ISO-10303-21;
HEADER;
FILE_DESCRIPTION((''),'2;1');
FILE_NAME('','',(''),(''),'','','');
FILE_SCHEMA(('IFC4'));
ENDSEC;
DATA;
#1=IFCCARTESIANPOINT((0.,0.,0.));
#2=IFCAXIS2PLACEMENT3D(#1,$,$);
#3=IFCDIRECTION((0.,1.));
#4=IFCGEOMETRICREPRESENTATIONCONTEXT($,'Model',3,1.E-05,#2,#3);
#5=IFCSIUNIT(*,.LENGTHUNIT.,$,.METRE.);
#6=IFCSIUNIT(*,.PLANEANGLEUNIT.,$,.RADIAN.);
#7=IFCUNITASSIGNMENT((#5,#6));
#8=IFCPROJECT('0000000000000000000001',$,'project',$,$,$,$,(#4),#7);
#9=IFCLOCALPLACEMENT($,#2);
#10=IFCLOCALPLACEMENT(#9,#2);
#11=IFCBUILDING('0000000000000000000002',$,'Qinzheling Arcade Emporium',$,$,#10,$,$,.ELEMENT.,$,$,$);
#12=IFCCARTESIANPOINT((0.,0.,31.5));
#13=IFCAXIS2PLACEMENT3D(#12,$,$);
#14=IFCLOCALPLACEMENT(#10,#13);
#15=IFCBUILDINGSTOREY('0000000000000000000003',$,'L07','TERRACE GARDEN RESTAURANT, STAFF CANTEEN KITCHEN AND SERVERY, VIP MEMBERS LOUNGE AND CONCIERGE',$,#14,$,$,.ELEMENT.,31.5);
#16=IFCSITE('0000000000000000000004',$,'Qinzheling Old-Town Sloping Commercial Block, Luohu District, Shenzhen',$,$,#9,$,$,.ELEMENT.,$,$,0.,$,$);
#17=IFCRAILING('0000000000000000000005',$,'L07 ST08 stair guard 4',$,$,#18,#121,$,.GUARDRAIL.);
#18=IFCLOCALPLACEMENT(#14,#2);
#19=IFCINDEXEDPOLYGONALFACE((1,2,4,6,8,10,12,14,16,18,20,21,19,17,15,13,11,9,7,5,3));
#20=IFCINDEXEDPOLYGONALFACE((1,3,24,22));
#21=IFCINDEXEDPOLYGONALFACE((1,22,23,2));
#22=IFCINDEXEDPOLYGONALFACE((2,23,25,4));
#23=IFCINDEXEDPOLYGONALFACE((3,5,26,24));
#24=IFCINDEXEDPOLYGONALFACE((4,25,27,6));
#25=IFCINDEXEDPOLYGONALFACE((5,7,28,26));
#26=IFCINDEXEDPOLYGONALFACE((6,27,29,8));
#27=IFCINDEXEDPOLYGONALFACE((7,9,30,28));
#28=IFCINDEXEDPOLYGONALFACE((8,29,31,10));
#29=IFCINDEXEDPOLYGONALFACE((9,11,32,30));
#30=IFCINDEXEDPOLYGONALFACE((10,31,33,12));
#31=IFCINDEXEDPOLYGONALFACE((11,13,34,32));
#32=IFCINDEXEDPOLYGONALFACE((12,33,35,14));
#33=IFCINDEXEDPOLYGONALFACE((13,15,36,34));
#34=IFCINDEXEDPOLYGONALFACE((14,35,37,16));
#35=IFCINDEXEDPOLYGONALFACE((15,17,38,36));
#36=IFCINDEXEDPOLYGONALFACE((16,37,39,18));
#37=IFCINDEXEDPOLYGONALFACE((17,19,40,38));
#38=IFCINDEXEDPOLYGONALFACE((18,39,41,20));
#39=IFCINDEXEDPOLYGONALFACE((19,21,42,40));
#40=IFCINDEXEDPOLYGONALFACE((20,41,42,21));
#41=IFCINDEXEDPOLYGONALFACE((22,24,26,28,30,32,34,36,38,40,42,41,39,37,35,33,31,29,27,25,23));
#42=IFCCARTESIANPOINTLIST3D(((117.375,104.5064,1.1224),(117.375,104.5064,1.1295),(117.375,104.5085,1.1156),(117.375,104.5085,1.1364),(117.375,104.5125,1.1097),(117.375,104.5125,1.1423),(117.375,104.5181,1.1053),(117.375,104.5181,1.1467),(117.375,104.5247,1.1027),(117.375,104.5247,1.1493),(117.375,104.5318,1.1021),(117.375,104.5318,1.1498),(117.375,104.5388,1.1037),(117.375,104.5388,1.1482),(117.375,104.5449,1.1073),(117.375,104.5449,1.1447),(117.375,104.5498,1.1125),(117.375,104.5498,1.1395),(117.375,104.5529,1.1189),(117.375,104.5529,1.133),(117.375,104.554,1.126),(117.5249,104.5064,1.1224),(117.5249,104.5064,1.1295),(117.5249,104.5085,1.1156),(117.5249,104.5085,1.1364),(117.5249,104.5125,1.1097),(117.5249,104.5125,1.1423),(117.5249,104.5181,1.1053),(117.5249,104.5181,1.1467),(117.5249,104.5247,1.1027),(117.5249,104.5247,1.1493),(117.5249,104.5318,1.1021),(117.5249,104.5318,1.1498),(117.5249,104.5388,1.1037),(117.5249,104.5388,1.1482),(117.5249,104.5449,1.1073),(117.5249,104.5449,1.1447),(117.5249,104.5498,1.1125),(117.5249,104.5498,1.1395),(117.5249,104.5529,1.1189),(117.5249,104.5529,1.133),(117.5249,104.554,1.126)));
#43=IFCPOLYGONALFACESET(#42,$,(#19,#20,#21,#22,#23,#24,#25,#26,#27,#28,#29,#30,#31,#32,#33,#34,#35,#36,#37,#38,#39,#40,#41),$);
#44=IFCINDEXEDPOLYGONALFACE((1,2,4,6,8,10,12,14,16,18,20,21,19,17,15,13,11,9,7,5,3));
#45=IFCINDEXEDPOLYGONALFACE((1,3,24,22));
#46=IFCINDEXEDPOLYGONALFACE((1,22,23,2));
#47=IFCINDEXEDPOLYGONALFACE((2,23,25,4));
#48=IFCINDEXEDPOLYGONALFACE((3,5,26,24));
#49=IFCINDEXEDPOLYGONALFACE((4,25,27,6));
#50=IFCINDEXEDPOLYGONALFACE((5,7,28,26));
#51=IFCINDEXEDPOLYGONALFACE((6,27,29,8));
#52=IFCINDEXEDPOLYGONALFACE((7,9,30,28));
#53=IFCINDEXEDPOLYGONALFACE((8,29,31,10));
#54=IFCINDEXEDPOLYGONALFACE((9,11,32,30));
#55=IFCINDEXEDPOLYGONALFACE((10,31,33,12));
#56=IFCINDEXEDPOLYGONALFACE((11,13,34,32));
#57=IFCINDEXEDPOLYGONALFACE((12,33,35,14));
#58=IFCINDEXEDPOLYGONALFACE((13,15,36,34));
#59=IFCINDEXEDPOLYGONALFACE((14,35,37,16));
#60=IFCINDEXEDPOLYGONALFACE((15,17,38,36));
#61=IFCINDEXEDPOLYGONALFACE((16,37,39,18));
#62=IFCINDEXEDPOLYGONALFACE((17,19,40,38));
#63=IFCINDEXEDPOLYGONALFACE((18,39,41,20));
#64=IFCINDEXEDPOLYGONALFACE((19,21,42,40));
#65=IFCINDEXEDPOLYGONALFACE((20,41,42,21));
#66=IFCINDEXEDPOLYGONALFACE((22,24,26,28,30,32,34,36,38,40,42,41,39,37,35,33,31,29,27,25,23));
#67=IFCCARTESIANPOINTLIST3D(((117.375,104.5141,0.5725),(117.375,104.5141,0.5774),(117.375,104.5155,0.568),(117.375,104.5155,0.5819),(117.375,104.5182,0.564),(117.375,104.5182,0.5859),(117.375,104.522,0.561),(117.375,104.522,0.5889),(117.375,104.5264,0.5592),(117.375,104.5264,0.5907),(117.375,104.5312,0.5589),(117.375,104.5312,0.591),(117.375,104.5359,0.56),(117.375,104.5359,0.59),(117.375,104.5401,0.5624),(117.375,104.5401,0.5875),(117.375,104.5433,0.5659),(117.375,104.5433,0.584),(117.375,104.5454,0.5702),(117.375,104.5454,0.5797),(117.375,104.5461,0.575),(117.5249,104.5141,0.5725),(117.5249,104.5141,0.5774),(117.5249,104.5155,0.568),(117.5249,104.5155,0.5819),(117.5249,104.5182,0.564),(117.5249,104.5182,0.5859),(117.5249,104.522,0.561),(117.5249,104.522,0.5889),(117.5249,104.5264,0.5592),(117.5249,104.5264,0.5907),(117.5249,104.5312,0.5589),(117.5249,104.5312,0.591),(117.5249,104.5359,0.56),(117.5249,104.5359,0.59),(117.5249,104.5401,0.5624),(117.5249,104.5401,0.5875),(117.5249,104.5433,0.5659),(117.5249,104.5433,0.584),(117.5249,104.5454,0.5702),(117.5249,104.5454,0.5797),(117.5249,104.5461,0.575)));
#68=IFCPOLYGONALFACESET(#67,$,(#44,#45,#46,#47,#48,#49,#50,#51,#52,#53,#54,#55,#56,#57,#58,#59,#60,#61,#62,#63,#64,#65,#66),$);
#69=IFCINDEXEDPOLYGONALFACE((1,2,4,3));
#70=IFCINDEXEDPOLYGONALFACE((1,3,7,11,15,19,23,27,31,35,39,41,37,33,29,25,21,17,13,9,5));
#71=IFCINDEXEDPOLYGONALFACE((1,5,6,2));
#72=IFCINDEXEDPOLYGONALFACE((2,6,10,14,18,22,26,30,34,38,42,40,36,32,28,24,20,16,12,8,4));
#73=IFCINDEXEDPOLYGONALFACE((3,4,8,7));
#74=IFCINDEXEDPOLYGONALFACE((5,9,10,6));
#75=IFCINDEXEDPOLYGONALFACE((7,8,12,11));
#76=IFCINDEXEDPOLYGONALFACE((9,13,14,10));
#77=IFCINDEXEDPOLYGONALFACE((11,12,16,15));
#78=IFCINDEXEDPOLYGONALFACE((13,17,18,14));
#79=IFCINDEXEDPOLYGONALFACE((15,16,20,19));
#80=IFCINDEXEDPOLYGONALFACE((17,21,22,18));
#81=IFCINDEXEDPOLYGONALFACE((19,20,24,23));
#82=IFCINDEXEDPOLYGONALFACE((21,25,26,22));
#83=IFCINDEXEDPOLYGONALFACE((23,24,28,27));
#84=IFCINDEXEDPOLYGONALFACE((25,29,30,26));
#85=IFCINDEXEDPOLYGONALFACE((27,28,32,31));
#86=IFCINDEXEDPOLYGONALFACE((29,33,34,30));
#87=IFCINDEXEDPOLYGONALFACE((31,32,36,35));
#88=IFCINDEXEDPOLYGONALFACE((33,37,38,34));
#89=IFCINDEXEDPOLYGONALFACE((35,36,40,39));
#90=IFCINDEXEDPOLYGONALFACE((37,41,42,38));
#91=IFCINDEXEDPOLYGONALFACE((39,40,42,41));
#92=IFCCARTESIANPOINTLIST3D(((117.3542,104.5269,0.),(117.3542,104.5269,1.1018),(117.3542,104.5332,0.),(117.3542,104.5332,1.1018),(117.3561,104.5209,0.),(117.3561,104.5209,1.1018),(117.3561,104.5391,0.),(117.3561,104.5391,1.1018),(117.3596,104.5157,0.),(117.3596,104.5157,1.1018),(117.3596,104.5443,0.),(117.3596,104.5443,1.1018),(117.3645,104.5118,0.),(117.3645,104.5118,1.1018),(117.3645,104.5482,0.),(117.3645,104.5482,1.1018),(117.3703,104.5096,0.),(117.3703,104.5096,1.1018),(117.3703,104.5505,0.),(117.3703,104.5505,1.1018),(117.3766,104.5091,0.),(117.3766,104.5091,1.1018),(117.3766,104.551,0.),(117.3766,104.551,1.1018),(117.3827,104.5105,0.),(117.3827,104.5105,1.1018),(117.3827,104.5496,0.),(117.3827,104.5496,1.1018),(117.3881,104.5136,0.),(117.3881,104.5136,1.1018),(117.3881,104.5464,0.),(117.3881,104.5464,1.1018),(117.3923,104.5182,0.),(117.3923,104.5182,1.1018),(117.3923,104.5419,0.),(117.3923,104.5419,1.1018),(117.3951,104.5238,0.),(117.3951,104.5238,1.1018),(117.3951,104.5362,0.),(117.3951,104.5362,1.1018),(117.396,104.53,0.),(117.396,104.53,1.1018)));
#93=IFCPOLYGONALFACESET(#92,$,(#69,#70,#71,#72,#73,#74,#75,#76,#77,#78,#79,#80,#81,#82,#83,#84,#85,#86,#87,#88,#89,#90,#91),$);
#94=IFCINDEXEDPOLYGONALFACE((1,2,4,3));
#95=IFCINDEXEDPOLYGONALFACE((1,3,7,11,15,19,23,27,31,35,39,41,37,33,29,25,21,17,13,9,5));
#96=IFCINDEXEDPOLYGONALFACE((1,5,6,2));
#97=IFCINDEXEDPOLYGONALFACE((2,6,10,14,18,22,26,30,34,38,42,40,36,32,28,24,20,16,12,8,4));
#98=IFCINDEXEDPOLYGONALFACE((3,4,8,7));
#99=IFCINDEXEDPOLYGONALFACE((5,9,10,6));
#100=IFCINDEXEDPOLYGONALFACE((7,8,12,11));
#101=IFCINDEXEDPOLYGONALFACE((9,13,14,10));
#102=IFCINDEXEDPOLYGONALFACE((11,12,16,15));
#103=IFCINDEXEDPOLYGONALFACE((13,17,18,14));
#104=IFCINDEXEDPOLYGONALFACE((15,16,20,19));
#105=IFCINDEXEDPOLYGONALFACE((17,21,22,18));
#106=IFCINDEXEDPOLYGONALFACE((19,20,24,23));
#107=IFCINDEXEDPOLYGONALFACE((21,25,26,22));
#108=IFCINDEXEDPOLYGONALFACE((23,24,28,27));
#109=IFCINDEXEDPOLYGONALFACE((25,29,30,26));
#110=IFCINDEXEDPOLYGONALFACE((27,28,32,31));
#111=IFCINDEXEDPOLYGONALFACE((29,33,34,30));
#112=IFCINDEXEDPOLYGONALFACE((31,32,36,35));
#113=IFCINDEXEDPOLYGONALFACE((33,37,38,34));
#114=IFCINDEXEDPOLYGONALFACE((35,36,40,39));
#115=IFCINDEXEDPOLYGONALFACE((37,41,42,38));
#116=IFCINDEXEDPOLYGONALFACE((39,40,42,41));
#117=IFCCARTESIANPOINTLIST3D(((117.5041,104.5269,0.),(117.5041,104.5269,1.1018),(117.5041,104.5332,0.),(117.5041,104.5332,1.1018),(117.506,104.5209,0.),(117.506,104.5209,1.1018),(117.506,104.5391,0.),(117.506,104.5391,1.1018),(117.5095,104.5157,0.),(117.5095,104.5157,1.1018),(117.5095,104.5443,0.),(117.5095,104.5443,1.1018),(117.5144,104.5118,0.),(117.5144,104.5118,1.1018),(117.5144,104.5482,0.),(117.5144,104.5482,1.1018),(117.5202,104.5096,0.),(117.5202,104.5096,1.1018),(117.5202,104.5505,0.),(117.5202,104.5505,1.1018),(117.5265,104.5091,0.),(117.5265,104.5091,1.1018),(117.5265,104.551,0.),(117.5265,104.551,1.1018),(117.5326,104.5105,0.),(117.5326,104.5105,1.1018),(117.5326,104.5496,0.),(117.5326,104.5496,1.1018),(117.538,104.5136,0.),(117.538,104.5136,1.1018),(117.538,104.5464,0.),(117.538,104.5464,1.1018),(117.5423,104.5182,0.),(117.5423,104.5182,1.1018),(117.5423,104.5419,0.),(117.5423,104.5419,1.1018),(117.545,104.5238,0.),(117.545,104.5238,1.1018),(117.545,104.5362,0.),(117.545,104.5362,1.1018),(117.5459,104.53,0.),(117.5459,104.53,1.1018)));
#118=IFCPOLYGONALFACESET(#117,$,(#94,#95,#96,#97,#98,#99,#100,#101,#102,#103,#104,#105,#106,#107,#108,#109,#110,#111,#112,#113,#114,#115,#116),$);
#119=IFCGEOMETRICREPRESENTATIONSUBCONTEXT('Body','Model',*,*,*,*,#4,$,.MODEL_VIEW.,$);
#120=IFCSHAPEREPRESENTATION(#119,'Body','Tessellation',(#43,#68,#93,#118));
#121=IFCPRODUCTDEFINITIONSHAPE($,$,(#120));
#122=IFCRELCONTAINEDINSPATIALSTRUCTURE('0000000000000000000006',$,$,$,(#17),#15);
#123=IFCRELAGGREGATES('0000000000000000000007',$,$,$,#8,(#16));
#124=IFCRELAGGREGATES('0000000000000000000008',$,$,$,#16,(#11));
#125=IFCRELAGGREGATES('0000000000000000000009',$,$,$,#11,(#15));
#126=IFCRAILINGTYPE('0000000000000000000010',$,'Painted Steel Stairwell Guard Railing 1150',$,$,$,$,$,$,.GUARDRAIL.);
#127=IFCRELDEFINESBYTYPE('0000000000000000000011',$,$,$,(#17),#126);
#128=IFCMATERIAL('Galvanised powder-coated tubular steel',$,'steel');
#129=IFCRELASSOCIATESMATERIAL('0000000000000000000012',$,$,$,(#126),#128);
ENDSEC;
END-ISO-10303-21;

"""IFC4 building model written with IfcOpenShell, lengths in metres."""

from ifc_helpers import new_model, si_unit, direction, frame, origin, origin_2d, place, context, subcontext, project, spatial, circle, extrude, material, type_object, element, save


model = new_model("IFC4")

# Units and contexts
model_context = context("Model", 3, precision=1e-05, world=origin(), true_north=direction((0.0, 1.0)))
body_context = subcontext(model_context, "Body", "Model", "MODEL_VIEW")
ifc_project = project(units=[si_unit("LENGTHUNIT", "METRE"), si_unit("PLANEANGLEUNIT", "RADIAN")], contexts=[model_context])

# Site, building, storey
site_placement = place(None, origin())
site = spatial("IfcSite", under=ifc_project, at=site_placement, Name="Qinzheling Old-Town Sloping Commercial Block, Luohu District, Shenzhen", CompositionType="ELEMENT", RefElevation=0.0)
building_placement = place(site_placement, origin())
building = spatial("IfcBuilding", under=site, at=building_placement, Name="Qinzheling Arcade Emporium", CompositionType="ELEMENT")
storey_placement = place(building_placement, frame((0.0, 0.0, 31.5)))
storey = spatial("IfcBuildingStorey", under=building, at=storey_placement, Name="L07", Description="TERRACE GARDEN RESTAURANT, STAFF CANTEEN KITCHEN AND SERVERY, VIP MEMBERS LOUNGE AND CONCIERGE", CompositionType="ELEMENT", Elevation=31.5)

# Railing
ifc_material_1 = material(Name="Galvanised powder-coated tubular steel", Category="steel")
railing_type_1 = type_object("IfcRailingType", Name="Painted Steel Stairwell Guard Railing 1150", PredefinedType="GUARDRAIL", material=ifc_material_1)
railing_1_placement = place(storey_placement, frame((117.375, 104.53, 0.0)))
element("IfcRailing", 1, at=railing_1_placement, inside=storey, type_object=railing_type_1, Name="L07 ST08 stair guard 4", PredefinedType="GUARDRAIL", context=body_context, shape_type="SweptSolid", body=[
    extrude(circle(Radius=0.0239, at=origin_2d()), frame((0.0, 0.0, 1.126), z_axis=(1.0, 0.0, 0.0), x_axis=(0.0, 1.0, 0.0)), (0.0, 0.0, 1.0), 0.1499),
    extrude(circle(Radius=0.0161, at=origin_2d()), frame((0.0, 0.0, 0.575), z_axis=(1.0, 0.0, 0.0), x_axis=(0.0, 1.0, 0.0)), (0.0, 0.0, 1.0), 0.1499),
    extrude(circle(Radius=0.021, at=origin_2d()), origin(), (0.0, 0.0, 1.0), 1.1018),
    extrude(circle(Radius=0.021, at=origin_2d()), frame((0.1499, 0.0, 0.0)), (0.0, 0.0, 1.0), 1.1018),
])

save(model, "model.ifc")
